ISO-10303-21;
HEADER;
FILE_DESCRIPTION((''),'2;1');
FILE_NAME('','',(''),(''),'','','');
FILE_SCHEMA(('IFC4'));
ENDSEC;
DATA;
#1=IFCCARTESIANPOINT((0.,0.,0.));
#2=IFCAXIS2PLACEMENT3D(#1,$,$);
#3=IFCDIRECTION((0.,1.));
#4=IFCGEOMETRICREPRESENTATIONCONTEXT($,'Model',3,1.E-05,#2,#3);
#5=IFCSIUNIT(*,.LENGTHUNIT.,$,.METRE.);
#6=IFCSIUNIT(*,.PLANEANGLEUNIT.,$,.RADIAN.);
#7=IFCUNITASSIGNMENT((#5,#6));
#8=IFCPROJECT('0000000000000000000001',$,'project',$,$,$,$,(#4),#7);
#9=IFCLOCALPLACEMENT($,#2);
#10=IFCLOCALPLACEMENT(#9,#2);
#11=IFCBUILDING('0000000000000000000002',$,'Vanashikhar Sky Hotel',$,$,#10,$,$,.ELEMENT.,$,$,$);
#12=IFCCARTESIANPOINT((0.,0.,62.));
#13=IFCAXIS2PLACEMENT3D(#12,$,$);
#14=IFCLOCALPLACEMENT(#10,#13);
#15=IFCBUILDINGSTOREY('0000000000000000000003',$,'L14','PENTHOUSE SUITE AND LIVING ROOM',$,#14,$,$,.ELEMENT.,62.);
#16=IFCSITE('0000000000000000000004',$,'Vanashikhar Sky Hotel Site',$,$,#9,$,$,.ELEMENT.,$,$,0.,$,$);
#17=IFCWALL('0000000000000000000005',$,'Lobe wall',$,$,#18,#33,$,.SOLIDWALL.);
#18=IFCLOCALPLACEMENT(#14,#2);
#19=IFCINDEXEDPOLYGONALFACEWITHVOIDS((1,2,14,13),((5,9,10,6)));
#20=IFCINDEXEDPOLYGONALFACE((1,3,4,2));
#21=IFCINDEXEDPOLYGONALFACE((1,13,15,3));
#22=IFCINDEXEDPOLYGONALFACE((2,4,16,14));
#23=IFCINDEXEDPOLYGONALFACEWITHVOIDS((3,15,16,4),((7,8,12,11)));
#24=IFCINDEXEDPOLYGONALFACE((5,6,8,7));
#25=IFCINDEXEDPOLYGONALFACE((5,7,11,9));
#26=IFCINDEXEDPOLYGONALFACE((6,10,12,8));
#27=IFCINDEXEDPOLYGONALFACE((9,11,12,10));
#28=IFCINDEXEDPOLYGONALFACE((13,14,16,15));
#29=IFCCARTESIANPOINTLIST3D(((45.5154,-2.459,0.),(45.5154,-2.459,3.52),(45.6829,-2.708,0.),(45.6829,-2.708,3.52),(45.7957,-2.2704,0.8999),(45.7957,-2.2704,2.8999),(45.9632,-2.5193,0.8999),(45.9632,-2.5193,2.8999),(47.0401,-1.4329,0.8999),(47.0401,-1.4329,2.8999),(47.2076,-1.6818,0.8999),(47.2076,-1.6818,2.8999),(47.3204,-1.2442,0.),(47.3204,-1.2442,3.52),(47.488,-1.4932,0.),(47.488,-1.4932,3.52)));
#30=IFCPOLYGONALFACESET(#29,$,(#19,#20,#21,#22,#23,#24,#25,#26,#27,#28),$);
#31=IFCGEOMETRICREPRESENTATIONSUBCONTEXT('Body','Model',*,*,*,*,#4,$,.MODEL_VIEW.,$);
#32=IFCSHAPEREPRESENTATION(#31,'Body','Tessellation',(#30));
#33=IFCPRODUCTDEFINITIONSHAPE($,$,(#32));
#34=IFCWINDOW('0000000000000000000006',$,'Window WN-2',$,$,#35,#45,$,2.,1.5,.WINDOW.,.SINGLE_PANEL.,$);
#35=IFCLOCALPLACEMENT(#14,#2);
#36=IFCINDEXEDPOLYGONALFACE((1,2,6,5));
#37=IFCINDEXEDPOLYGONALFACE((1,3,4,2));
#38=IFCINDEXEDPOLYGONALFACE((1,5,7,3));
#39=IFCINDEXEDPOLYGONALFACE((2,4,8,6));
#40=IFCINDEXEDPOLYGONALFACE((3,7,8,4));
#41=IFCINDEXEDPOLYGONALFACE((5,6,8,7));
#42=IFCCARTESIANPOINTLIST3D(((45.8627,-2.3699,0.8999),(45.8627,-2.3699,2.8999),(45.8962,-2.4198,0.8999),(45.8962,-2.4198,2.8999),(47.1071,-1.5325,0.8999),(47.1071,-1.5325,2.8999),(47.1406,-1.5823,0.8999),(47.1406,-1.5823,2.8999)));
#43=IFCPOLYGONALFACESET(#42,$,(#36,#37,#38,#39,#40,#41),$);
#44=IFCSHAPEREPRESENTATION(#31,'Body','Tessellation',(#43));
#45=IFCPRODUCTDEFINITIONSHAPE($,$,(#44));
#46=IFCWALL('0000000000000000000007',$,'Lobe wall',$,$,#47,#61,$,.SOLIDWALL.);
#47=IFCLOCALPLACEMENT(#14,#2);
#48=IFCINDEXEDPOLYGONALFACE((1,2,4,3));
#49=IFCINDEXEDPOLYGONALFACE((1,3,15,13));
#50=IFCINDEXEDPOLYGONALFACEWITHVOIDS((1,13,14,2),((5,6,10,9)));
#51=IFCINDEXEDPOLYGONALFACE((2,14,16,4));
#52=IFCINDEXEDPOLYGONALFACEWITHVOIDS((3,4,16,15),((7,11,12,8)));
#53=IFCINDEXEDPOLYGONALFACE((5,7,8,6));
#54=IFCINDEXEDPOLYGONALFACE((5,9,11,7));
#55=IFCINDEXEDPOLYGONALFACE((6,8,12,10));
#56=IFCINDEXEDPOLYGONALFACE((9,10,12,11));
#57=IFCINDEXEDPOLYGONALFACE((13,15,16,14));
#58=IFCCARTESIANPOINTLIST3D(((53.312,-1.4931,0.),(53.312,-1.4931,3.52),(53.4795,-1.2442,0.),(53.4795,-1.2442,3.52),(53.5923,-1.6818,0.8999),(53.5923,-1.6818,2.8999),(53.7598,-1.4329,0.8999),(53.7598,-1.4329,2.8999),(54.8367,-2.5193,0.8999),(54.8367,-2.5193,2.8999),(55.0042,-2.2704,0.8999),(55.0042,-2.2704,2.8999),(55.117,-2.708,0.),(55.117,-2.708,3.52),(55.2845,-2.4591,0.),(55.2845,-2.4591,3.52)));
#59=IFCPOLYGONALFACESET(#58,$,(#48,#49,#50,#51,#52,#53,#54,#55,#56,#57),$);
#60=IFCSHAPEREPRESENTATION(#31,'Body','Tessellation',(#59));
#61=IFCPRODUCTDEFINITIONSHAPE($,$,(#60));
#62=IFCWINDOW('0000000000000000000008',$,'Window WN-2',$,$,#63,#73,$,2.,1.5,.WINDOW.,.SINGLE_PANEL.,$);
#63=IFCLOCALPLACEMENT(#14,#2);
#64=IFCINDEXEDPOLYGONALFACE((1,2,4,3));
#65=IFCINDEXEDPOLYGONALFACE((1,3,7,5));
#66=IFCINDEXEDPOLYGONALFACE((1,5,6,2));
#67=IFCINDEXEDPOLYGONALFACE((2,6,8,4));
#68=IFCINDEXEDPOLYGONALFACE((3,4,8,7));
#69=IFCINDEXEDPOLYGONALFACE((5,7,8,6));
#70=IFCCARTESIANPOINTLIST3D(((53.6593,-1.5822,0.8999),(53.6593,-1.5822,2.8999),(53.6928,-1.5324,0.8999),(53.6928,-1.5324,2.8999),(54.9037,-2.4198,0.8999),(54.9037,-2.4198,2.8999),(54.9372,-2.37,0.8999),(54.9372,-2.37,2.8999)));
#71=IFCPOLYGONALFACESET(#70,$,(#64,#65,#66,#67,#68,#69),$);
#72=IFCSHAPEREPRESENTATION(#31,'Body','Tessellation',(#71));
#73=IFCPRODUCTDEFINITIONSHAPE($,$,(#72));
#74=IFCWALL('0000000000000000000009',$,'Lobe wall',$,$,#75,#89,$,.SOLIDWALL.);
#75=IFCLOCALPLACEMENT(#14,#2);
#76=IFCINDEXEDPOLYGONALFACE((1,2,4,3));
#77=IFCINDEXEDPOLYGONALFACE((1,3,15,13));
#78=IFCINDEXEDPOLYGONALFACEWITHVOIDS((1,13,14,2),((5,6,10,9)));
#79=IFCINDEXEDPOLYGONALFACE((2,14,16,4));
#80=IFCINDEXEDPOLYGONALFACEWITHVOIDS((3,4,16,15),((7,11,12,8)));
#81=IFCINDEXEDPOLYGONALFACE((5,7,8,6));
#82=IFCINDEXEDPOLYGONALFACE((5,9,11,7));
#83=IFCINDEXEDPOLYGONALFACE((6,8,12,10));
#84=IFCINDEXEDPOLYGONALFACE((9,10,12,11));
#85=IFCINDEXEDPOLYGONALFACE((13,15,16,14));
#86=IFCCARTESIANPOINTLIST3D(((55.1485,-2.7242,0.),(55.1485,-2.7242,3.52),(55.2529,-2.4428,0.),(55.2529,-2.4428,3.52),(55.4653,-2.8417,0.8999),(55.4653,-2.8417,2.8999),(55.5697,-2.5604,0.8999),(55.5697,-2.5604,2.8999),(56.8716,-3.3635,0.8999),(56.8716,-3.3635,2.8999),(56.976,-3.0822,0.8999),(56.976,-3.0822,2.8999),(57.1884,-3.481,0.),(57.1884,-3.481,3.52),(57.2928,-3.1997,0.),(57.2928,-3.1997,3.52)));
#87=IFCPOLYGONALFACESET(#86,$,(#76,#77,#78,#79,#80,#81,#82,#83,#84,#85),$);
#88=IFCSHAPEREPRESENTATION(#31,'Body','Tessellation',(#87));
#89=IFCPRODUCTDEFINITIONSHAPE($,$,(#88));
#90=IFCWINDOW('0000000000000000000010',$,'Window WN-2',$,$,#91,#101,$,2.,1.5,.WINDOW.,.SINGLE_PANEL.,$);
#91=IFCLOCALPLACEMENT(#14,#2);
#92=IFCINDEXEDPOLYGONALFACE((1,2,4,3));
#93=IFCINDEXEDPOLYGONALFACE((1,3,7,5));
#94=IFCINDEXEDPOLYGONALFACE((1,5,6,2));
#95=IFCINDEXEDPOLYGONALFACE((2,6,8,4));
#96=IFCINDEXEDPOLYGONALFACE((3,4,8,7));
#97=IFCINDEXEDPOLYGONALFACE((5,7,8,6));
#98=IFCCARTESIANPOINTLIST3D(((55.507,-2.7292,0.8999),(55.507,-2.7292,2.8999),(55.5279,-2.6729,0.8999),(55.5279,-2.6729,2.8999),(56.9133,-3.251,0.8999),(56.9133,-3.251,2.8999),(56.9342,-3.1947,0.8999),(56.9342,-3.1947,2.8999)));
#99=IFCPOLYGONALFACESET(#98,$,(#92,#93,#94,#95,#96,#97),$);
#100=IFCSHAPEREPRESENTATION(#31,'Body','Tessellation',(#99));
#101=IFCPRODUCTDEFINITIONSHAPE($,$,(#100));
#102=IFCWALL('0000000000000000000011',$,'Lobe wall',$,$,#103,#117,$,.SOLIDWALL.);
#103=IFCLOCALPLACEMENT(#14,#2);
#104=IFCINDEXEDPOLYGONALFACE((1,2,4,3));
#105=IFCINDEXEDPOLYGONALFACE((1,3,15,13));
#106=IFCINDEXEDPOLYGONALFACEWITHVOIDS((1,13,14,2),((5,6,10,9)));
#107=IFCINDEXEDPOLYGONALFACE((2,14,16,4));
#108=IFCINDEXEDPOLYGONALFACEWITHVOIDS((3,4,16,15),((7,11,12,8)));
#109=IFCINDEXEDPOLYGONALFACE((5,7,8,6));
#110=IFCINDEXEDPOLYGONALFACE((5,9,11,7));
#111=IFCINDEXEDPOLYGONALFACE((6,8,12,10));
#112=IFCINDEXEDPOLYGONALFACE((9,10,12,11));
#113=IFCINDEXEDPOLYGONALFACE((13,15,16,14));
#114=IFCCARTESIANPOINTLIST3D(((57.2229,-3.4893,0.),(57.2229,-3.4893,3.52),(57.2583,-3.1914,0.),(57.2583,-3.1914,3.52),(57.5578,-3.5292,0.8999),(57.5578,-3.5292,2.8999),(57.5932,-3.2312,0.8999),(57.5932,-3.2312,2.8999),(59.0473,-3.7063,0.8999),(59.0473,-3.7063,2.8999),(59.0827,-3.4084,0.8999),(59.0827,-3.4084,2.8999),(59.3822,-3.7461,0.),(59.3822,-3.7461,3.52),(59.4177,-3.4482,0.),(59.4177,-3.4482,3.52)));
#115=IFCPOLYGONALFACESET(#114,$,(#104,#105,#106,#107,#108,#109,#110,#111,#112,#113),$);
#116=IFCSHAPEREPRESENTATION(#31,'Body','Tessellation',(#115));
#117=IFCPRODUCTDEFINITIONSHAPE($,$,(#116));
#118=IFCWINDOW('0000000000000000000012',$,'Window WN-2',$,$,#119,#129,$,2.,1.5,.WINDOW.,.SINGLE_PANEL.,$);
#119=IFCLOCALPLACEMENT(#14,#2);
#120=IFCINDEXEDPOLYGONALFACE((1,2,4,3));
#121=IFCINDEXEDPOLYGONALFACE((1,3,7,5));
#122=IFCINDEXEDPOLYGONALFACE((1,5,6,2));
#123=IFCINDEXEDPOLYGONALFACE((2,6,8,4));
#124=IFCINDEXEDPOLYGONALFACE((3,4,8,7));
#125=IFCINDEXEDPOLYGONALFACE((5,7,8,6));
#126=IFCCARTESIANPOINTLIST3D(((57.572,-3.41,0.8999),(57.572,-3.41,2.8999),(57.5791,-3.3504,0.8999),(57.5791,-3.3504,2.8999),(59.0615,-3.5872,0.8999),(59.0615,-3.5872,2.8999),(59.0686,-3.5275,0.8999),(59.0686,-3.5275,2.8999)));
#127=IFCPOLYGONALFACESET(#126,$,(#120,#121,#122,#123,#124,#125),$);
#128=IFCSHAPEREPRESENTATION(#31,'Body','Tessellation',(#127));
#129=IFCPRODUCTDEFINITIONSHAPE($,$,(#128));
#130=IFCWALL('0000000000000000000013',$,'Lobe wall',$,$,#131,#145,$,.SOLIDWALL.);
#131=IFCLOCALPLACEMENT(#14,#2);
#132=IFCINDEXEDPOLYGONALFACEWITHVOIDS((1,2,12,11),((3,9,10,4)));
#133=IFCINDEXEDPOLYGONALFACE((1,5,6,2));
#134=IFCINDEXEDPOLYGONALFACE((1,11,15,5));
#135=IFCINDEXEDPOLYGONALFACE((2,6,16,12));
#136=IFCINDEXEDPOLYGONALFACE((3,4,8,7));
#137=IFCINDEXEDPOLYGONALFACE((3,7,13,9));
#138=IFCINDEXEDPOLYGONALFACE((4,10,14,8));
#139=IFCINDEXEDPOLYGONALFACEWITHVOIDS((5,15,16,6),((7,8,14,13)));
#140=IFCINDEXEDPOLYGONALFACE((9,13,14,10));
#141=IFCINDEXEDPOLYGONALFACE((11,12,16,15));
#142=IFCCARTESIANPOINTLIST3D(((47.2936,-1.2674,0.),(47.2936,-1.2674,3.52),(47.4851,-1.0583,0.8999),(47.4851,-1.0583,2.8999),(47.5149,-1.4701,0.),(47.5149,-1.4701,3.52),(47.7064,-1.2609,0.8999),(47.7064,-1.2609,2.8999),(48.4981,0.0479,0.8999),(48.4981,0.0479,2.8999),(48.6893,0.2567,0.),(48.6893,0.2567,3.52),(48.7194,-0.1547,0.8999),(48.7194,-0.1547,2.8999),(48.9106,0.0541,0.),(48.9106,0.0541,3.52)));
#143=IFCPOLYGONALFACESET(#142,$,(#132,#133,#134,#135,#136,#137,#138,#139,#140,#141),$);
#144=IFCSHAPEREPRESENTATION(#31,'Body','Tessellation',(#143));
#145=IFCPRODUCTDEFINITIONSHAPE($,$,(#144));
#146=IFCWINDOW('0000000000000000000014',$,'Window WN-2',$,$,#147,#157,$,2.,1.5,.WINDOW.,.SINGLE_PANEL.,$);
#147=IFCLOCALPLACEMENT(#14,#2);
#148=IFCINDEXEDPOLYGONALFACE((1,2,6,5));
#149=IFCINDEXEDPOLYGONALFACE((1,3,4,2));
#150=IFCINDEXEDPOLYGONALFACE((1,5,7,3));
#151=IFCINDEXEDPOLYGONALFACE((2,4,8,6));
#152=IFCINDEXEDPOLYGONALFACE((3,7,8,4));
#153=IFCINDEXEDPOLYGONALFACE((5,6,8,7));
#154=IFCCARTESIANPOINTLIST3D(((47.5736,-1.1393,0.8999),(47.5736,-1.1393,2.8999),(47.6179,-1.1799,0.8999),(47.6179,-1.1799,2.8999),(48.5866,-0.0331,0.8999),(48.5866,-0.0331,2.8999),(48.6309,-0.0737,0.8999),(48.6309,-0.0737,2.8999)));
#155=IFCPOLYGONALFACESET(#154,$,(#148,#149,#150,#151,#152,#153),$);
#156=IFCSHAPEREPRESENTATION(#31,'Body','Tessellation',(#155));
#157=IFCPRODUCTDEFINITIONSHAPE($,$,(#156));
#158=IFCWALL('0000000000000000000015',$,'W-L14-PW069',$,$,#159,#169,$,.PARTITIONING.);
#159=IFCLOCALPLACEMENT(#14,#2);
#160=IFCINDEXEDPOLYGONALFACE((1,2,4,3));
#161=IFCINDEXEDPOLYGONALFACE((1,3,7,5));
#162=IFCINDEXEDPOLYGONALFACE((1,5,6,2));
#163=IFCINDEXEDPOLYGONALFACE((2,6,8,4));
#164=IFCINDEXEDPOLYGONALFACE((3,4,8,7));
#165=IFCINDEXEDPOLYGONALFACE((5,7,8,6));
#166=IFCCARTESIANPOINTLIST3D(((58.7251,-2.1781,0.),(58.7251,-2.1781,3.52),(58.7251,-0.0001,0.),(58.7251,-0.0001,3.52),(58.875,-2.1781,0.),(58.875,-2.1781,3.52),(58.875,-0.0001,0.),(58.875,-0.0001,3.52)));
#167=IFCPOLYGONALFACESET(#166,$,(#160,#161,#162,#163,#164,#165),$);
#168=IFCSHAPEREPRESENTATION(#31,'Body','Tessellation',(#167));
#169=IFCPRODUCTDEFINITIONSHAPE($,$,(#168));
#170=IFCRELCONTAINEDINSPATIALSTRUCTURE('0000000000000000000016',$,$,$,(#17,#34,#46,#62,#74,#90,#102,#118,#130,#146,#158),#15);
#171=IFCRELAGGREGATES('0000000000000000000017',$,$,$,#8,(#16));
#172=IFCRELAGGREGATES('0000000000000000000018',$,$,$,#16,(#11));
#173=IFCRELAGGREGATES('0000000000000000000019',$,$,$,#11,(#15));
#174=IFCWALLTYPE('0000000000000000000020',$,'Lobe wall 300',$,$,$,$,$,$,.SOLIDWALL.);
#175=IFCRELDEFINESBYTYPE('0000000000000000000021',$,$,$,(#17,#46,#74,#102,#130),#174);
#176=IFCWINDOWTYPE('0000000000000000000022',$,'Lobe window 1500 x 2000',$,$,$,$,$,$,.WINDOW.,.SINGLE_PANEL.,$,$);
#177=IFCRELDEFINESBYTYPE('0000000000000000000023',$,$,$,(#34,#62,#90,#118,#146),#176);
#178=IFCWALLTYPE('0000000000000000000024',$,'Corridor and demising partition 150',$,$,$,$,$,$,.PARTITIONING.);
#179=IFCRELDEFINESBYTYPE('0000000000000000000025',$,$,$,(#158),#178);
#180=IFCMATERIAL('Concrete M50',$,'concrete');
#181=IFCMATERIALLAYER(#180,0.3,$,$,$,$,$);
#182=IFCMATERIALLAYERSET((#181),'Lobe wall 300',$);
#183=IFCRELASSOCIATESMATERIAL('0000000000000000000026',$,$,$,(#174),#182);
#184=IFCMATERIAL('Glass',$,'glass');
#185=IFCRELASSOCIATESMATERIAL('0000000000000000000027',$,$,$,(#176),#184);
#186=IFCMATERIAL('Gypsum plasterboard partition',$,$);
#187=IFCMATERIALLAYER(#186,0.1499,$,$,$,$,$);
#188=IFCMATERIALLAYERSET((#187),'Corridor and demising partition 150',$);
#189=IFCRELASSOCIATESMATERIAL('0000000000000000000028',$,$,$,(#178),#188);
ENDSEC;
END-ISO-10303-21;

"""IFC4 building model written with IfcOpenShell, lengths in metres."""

from ifc_helpers import new_model, si_unit, direction, frame, frame_2d, origin, place, context, subcontext, project, spatial, rectangle, extrude, source, transform, mapped, material, layer, layer_set, type_object, element, fill, save


model = new_model("IFC4")

# Units and contexts
model_context = context("Model", 3, precision=1e-05, world=origin(), true_north=direction((0.0, 1.0)))
body_context = subcontext(model_context, "Body", "Model", "MODEL_VIEW")
ifc_project = project(units=[si_unit("LENGTHUNIT", "METRE"), si_unit("PLANEANGLEUNIT", "RADIAN")], contexts=[model_context])

# Site, building, storey
site_placement = place(None, origin())
site = spatial("IfcSite", under=ifc_project, at=site_placement, Name="Vanashikhar Sky Hotel Site", CompositionType="ELEMENT", RefElevation=0.0)
building_placement = place(site_placement, origin())
building = spatial("IfcBuilding", under=site, at=building_placement, Name="Vanashikhar Sky Hotel", CompositionType="ELEMENT")
storey_placement = place(building_placement, frame((0.0, 0.0, 62.0)))
storey = spatial("IfcBuildingStorey", under=building, at=storey_placement, Name="L14", Description="PENTHOUSE SUITE AND LIVING ROOM", CompositionType="ELEMENT", Elevation=62.0)

# Walls, openings, windows
ifc_material_1 = material(Name="Concrete M50", Category="concrete")
ifc_layer_1 = layer(ifc_material_1, 0.3)
ifc_layer_set_1 = layer_set([ifc_layer_1], Name="Lobe wall 300")
wall_type_1 = type_object("IfcWallType", Name="Lobe wall 300", PredefinedType="SOLIDWALL", material=ifc_layer_set_1)
shared_shape_1 = source(origin(), body_context, "Body", "SweptSolid", [
    extrude(rectangle(XDim=2.1758, YDim=0.3, at=frame_2d((1.0879, 0.0))), origin(), (0.0, 0.0, 1.0), 3.52),
])
wall_1_placement = place(storey_placement, frame((45.5991, -2.5835, 0.0), z_axis=(0.0, 0.0, 1.0), x_axis=(0.829626, 0.55832, 0.0)))
wall_1 = element("IfcWall", 1, at=wall_1_placement, inside=storey, type_object=wall_type_1, Name="Lobe wall", PredefinedType="SOLIDWALL", context=body_context, shape_type="MappedRepresentation", body=[
    mapped(shared_shape_1, transform((0.0, 0.0, 0.0), scale=1.0)),
])
shared_shape_2 = source(origin(), body_context, "Body", "SweptSolid", [
    extrude(rectangle(XDim=1.5, YDim=2.0, at=frame_2d((0.75, 1.0))), frame((0.0, 0.1602, 0.0), z_axis=(0.0, -1.0, 0.0), x_axis=(1.0, 0.0, 0.0)), (0.0, 0.0, 1.0), 0.3201),
])
opening_1_placement = place(wall_1_placement, frame((0.3379, 0.0, 0.8999)))
opening_1 = element("IfcOpeningElement", 2, at=opening_1_placement, cuts=wall_1, PredefinedType="OPENING", context=body_context, shape_type="MappedRepresentation", body=[
    mapped(shared_shape_2, transform((0.0, 0.0, 0.0), scale=1.0)),
])
ifc_material_2 = material(Name="Glass", Category="glass")
window_type = type_object("IfcWindowType", Name="Lobe window 1500 x 2000", PartitioningType="SINGLE_PANEL", PredefinedType="WINDOW", material=ifc_material_2)
shared_shape_3 = source(origin(), body_context, "Body", "SweptSolid", [
    extrude(rectangle(XDim=1.5, YDim=2.0, at=frame_2d((0.75, 1.0))), frame((0.0, 0.03, 0.0), z_axis=(0.0, -1.0, 0.0), x_axis=(1.0, 0.0, 0.0)), (0.0, 0.0, 1.0), 0.0601),
])
window_1_placement = place(opening_1_placement, origin())
window_1 = element("IfcWindow", 3, at=window_1_placement, inside=storey, type_object=window_type, Name="Window WN-2", OverallHeight=2.0, OverallWidth=1.5, PartitioningType="SINGLE_PANEL", PredefinedType="WINDOW", context=body_context, shape_type="MappedRepresentation", body=[
    mapped(shared_shape_3, transform((0.0, 0.0, 0.0), scale=1.0)),
])
fill(opening_1, window_1)
wall_2_placement = place(storey_placement, frame((53.3958, -1.3687, 0.0), z_axis=(0.0, 0.0, 1.0), x_axis=(0.829591, -0.558372, 0.0)))
wall_2 = element("IfcWall", 4, at=wall_2_placement, inside=storey, type_object=wall_type_1, Name="Lobe wall", PredefinedType="SOLIDWALL", context=body_context, shape_type="MappedRepresentation", body=[
    mapped(shared_shape_1, transform((0.0, 0.0, 0.0), scale=1.0)),
])
opening_2_placement = place(wall_2_placement, frame((0.3379, 0.0, 0.8999)))
opening_2 = element("IfcOpeningElement", 5, at=opening_2_placement, cuts=wall_2, PredefinedType="OPENING", context=body_context, shape_type="MappedRepresentation", body=[
    mapped(shared_shape_2, transform((0.0, 0.0, 0.0), scale=1.0)),
])
window_2_placement = place(opening_2_placement, origin())
window_2 = element("IfcWindow", 6, at=window_2_placement, inside=storey, type_object=window_type, Name="Window WN-2", OverallHeight=2.0, OverallWidth=1.5, PartitioningType="SINGLE_PANEL", PredefinedType="WINDOW", context=body_context, shape_type="MappedRepresentation", body=[
    mapped(shared_shape_3, transform((0.0, 0.0, 0.0), scale=1.0)),
])
fill(opening_2, window_2)
wall_3_placement = place(storey_placement, frame((55.2007, -2.5835, 0.0), z_axis=(0.0, 0.0, 1.0), x_axis=(0.937546, -0.347863, 0.0)))
wall_3 = element("IfcWall", 7, at=wall_3_placement, inside=storey, type_object=wall_type_1, Name="Lobe wall", PredefinedType="SOLIDWALL", context=body_context, shape_type="MappedRepresentation", body=[
    mapped(shared_shape_1, transform((0.0, 0.0, 0.0), scale=1.0)),
])
opening_3_placement = place(wall_3_placement, frame((0.3379, 0.0, 0.8999)))
opening_3 = element("IfcOpeningElement", 8, at=opening_3_placement, cuts=wall_3, PredefinedType="OPENING", context=body_context, shape_type="MappedRepresentation", body=[
    mapped(shared_shape_2, transform((0.0, 0.0, 0.0), scale=1.0)),
])
window_3_placement = place(opening_3_placement, origin())
window_3 = element("IfcWindow", 9, at=window_3_placement, inside=storey, type_object=window_type, Name="Window WN-2", OverallHeight=2.0, OverallWidth=1.5, PartitioningType="SINGLE_PANEL", PredefinedType="WINDOW", context=body_context, shape_type="MappedRepresentation", body=[
    mapped(shared_shape_3, transform((0.0, 0.0, 0.0), scale=1.0)),
])
fill(opening_3, window_3)
shared_shape_4 = source(origin(), body_context, "Body", "SweptSolid", [
    extrude(rectangle(XDim=2.1746, YDim=0.3, at=frame_2d((1.0874, 0.0))), origin(), (0.0, 0.0, 1.0), 3.52),
])
wall_4_placement = place(storey_placement, frame((57.2405, -3.3403, 0.0), z_axis=(0.0, 0.0, 1.0), x_axis=(0.993001, -0.118105, 0.0)))
wall_4 = element("IfcWall", 10, at=wall_4_placement, inside=storey, type_object=wall_type_1, Name="Lobe wall", PredefinedType="SOLIDWALL", context=body_context, shape_type="MappedRepresentation", body=[
    mapped(shared_shape_4, transform((0.0, 0.0, 0.0), scale=1.0)),
])
opening_4_placement = place(wall_4_placement, frame((0.3374, 0.0, 0.8999)))
opening_4 = element("IfcOpeningElement", 11, at=opening_4_placement, cuts=wall_4, PredefinedType="OPENING", context=body_context, shape_type="MappedRepresentation", body=[
    mapped(shared_shape_2, transform((0.0, 0.0, 0.0), scale=1.0)),
])
window_4_placement = place(opening_4_placement, origin())
window_4 = element("IfcWindow", 12, at=window_4_placement, inside=storey, type_object=window_type, Name="Window WN-2", OverallHeight=2.0, OverallWidth=1.5, PartitioningType="SINGLE_PANEL", PredefinedType="WINDOW", context=body_context, shape_type="MappedRepresentation", body=[
    mapped(shared_shape_3, transform((0.0, 0.0, 0.0), scale=1.0)),
])
fill(opening_4, window_4)
shared_shape_5 = source(origin(), body_context, "Body", "SweptSolid", [
    extrude(rectangle(XDim=2.0667, YDim=0.3, at=frame_2d((1.0332, 0.0))), origin(), (0.0, 0.0, 1.0), 3.52),
])
wall_5_placement = place(storey_placement, frame((47.4043, -1.3687, 0.0), z_axis=(0.0, 0.0, 1.0), x_axis=(0.675355, 0.737492, 0.0)))
wall_5 = element("IfcWall", 13, at=wall_5_placement, inside=storey, type_object=wall_type_1, Name="Lobe wall", PredefinedType="SOLIDWALL", context=body_context, shape_type="MappedRepresentation", body=[
    mapped(shared_shape_5, transform((0.0, 0.0, 0.0), scale=1.0)),
])
opening_5_placement = place(wall_5_placement, frame((0.2834, 0.0, 0.8999)))
opening_5 = element("IfcOpeningElement", 14, at=opening_5_placement, cuts=wall_5, PredefinedType="OPENING", context=body_context, shape_type="MappedRepresentation", body=[
    mapped(shared_shape_2, transform((0.0, 0.0, 0.0), scale=1.0)),
])
window_5_placement = place(opening_5_placement, origin())
window_5 = element("IfcWindow", 15, at=window_5_placement, inside=storey, type_object=window_type, Name="Window WN-2", OverallHeight=2.0, OverallWidth=1.5, PartitioningType="SINGLE_PANEL", PredefinedType="WINDOW", context=body_context, shape_type="MappedRepresentation", body=[
    mapped(shared_shape_3, transform((0.0, 0.0, 0.0), scale=1.0)),
])
fill(opening_5, window_5)

# Wall
ifc_material_3 = material(Name="Gypsum plasterboard partition")
ifc_layer_2 = layer(ifc_material_3, 0.1499)
ifc_layer_set_2 = layer_set([ifc_layer_2], Name="Corridor and demising partition 150")
wall_type_2 = type_object("IfcWallType", Name="Corridor and demising partition 150", PredefinedType="PARTITIONING", material=ifc_layer_set_2)
shared_shape_6 = source(origin(), body_context, "Body", "SweptSolid", [
    extrude(rectangle(XDim=2.178, YDim=0.1499, at=frame_2d((1.0889, 0.0))), origin(), (0.0, 0.0, 1.0), 3.52),
])
wall_6_placement = place(storey_placement, frame((58.8, -2.178, 0.0), z_axis=(0.0, 0.0, 1.0), x_axis=(0.0, 1.0, 0.0)))
element("IfcWall", 16, at=wall_6_placement, inside=storey, type_object=wall_type_2, Name="W-L14-PW069", PredefinedType="PARTITIONING", context=body_context, shape_type="MappedRepresentation", body=[
    mapped(shared_shape_6, transform((0.0, 0.0, 0.0), scale=1.0)),
])

save(model, "model.ifc")
